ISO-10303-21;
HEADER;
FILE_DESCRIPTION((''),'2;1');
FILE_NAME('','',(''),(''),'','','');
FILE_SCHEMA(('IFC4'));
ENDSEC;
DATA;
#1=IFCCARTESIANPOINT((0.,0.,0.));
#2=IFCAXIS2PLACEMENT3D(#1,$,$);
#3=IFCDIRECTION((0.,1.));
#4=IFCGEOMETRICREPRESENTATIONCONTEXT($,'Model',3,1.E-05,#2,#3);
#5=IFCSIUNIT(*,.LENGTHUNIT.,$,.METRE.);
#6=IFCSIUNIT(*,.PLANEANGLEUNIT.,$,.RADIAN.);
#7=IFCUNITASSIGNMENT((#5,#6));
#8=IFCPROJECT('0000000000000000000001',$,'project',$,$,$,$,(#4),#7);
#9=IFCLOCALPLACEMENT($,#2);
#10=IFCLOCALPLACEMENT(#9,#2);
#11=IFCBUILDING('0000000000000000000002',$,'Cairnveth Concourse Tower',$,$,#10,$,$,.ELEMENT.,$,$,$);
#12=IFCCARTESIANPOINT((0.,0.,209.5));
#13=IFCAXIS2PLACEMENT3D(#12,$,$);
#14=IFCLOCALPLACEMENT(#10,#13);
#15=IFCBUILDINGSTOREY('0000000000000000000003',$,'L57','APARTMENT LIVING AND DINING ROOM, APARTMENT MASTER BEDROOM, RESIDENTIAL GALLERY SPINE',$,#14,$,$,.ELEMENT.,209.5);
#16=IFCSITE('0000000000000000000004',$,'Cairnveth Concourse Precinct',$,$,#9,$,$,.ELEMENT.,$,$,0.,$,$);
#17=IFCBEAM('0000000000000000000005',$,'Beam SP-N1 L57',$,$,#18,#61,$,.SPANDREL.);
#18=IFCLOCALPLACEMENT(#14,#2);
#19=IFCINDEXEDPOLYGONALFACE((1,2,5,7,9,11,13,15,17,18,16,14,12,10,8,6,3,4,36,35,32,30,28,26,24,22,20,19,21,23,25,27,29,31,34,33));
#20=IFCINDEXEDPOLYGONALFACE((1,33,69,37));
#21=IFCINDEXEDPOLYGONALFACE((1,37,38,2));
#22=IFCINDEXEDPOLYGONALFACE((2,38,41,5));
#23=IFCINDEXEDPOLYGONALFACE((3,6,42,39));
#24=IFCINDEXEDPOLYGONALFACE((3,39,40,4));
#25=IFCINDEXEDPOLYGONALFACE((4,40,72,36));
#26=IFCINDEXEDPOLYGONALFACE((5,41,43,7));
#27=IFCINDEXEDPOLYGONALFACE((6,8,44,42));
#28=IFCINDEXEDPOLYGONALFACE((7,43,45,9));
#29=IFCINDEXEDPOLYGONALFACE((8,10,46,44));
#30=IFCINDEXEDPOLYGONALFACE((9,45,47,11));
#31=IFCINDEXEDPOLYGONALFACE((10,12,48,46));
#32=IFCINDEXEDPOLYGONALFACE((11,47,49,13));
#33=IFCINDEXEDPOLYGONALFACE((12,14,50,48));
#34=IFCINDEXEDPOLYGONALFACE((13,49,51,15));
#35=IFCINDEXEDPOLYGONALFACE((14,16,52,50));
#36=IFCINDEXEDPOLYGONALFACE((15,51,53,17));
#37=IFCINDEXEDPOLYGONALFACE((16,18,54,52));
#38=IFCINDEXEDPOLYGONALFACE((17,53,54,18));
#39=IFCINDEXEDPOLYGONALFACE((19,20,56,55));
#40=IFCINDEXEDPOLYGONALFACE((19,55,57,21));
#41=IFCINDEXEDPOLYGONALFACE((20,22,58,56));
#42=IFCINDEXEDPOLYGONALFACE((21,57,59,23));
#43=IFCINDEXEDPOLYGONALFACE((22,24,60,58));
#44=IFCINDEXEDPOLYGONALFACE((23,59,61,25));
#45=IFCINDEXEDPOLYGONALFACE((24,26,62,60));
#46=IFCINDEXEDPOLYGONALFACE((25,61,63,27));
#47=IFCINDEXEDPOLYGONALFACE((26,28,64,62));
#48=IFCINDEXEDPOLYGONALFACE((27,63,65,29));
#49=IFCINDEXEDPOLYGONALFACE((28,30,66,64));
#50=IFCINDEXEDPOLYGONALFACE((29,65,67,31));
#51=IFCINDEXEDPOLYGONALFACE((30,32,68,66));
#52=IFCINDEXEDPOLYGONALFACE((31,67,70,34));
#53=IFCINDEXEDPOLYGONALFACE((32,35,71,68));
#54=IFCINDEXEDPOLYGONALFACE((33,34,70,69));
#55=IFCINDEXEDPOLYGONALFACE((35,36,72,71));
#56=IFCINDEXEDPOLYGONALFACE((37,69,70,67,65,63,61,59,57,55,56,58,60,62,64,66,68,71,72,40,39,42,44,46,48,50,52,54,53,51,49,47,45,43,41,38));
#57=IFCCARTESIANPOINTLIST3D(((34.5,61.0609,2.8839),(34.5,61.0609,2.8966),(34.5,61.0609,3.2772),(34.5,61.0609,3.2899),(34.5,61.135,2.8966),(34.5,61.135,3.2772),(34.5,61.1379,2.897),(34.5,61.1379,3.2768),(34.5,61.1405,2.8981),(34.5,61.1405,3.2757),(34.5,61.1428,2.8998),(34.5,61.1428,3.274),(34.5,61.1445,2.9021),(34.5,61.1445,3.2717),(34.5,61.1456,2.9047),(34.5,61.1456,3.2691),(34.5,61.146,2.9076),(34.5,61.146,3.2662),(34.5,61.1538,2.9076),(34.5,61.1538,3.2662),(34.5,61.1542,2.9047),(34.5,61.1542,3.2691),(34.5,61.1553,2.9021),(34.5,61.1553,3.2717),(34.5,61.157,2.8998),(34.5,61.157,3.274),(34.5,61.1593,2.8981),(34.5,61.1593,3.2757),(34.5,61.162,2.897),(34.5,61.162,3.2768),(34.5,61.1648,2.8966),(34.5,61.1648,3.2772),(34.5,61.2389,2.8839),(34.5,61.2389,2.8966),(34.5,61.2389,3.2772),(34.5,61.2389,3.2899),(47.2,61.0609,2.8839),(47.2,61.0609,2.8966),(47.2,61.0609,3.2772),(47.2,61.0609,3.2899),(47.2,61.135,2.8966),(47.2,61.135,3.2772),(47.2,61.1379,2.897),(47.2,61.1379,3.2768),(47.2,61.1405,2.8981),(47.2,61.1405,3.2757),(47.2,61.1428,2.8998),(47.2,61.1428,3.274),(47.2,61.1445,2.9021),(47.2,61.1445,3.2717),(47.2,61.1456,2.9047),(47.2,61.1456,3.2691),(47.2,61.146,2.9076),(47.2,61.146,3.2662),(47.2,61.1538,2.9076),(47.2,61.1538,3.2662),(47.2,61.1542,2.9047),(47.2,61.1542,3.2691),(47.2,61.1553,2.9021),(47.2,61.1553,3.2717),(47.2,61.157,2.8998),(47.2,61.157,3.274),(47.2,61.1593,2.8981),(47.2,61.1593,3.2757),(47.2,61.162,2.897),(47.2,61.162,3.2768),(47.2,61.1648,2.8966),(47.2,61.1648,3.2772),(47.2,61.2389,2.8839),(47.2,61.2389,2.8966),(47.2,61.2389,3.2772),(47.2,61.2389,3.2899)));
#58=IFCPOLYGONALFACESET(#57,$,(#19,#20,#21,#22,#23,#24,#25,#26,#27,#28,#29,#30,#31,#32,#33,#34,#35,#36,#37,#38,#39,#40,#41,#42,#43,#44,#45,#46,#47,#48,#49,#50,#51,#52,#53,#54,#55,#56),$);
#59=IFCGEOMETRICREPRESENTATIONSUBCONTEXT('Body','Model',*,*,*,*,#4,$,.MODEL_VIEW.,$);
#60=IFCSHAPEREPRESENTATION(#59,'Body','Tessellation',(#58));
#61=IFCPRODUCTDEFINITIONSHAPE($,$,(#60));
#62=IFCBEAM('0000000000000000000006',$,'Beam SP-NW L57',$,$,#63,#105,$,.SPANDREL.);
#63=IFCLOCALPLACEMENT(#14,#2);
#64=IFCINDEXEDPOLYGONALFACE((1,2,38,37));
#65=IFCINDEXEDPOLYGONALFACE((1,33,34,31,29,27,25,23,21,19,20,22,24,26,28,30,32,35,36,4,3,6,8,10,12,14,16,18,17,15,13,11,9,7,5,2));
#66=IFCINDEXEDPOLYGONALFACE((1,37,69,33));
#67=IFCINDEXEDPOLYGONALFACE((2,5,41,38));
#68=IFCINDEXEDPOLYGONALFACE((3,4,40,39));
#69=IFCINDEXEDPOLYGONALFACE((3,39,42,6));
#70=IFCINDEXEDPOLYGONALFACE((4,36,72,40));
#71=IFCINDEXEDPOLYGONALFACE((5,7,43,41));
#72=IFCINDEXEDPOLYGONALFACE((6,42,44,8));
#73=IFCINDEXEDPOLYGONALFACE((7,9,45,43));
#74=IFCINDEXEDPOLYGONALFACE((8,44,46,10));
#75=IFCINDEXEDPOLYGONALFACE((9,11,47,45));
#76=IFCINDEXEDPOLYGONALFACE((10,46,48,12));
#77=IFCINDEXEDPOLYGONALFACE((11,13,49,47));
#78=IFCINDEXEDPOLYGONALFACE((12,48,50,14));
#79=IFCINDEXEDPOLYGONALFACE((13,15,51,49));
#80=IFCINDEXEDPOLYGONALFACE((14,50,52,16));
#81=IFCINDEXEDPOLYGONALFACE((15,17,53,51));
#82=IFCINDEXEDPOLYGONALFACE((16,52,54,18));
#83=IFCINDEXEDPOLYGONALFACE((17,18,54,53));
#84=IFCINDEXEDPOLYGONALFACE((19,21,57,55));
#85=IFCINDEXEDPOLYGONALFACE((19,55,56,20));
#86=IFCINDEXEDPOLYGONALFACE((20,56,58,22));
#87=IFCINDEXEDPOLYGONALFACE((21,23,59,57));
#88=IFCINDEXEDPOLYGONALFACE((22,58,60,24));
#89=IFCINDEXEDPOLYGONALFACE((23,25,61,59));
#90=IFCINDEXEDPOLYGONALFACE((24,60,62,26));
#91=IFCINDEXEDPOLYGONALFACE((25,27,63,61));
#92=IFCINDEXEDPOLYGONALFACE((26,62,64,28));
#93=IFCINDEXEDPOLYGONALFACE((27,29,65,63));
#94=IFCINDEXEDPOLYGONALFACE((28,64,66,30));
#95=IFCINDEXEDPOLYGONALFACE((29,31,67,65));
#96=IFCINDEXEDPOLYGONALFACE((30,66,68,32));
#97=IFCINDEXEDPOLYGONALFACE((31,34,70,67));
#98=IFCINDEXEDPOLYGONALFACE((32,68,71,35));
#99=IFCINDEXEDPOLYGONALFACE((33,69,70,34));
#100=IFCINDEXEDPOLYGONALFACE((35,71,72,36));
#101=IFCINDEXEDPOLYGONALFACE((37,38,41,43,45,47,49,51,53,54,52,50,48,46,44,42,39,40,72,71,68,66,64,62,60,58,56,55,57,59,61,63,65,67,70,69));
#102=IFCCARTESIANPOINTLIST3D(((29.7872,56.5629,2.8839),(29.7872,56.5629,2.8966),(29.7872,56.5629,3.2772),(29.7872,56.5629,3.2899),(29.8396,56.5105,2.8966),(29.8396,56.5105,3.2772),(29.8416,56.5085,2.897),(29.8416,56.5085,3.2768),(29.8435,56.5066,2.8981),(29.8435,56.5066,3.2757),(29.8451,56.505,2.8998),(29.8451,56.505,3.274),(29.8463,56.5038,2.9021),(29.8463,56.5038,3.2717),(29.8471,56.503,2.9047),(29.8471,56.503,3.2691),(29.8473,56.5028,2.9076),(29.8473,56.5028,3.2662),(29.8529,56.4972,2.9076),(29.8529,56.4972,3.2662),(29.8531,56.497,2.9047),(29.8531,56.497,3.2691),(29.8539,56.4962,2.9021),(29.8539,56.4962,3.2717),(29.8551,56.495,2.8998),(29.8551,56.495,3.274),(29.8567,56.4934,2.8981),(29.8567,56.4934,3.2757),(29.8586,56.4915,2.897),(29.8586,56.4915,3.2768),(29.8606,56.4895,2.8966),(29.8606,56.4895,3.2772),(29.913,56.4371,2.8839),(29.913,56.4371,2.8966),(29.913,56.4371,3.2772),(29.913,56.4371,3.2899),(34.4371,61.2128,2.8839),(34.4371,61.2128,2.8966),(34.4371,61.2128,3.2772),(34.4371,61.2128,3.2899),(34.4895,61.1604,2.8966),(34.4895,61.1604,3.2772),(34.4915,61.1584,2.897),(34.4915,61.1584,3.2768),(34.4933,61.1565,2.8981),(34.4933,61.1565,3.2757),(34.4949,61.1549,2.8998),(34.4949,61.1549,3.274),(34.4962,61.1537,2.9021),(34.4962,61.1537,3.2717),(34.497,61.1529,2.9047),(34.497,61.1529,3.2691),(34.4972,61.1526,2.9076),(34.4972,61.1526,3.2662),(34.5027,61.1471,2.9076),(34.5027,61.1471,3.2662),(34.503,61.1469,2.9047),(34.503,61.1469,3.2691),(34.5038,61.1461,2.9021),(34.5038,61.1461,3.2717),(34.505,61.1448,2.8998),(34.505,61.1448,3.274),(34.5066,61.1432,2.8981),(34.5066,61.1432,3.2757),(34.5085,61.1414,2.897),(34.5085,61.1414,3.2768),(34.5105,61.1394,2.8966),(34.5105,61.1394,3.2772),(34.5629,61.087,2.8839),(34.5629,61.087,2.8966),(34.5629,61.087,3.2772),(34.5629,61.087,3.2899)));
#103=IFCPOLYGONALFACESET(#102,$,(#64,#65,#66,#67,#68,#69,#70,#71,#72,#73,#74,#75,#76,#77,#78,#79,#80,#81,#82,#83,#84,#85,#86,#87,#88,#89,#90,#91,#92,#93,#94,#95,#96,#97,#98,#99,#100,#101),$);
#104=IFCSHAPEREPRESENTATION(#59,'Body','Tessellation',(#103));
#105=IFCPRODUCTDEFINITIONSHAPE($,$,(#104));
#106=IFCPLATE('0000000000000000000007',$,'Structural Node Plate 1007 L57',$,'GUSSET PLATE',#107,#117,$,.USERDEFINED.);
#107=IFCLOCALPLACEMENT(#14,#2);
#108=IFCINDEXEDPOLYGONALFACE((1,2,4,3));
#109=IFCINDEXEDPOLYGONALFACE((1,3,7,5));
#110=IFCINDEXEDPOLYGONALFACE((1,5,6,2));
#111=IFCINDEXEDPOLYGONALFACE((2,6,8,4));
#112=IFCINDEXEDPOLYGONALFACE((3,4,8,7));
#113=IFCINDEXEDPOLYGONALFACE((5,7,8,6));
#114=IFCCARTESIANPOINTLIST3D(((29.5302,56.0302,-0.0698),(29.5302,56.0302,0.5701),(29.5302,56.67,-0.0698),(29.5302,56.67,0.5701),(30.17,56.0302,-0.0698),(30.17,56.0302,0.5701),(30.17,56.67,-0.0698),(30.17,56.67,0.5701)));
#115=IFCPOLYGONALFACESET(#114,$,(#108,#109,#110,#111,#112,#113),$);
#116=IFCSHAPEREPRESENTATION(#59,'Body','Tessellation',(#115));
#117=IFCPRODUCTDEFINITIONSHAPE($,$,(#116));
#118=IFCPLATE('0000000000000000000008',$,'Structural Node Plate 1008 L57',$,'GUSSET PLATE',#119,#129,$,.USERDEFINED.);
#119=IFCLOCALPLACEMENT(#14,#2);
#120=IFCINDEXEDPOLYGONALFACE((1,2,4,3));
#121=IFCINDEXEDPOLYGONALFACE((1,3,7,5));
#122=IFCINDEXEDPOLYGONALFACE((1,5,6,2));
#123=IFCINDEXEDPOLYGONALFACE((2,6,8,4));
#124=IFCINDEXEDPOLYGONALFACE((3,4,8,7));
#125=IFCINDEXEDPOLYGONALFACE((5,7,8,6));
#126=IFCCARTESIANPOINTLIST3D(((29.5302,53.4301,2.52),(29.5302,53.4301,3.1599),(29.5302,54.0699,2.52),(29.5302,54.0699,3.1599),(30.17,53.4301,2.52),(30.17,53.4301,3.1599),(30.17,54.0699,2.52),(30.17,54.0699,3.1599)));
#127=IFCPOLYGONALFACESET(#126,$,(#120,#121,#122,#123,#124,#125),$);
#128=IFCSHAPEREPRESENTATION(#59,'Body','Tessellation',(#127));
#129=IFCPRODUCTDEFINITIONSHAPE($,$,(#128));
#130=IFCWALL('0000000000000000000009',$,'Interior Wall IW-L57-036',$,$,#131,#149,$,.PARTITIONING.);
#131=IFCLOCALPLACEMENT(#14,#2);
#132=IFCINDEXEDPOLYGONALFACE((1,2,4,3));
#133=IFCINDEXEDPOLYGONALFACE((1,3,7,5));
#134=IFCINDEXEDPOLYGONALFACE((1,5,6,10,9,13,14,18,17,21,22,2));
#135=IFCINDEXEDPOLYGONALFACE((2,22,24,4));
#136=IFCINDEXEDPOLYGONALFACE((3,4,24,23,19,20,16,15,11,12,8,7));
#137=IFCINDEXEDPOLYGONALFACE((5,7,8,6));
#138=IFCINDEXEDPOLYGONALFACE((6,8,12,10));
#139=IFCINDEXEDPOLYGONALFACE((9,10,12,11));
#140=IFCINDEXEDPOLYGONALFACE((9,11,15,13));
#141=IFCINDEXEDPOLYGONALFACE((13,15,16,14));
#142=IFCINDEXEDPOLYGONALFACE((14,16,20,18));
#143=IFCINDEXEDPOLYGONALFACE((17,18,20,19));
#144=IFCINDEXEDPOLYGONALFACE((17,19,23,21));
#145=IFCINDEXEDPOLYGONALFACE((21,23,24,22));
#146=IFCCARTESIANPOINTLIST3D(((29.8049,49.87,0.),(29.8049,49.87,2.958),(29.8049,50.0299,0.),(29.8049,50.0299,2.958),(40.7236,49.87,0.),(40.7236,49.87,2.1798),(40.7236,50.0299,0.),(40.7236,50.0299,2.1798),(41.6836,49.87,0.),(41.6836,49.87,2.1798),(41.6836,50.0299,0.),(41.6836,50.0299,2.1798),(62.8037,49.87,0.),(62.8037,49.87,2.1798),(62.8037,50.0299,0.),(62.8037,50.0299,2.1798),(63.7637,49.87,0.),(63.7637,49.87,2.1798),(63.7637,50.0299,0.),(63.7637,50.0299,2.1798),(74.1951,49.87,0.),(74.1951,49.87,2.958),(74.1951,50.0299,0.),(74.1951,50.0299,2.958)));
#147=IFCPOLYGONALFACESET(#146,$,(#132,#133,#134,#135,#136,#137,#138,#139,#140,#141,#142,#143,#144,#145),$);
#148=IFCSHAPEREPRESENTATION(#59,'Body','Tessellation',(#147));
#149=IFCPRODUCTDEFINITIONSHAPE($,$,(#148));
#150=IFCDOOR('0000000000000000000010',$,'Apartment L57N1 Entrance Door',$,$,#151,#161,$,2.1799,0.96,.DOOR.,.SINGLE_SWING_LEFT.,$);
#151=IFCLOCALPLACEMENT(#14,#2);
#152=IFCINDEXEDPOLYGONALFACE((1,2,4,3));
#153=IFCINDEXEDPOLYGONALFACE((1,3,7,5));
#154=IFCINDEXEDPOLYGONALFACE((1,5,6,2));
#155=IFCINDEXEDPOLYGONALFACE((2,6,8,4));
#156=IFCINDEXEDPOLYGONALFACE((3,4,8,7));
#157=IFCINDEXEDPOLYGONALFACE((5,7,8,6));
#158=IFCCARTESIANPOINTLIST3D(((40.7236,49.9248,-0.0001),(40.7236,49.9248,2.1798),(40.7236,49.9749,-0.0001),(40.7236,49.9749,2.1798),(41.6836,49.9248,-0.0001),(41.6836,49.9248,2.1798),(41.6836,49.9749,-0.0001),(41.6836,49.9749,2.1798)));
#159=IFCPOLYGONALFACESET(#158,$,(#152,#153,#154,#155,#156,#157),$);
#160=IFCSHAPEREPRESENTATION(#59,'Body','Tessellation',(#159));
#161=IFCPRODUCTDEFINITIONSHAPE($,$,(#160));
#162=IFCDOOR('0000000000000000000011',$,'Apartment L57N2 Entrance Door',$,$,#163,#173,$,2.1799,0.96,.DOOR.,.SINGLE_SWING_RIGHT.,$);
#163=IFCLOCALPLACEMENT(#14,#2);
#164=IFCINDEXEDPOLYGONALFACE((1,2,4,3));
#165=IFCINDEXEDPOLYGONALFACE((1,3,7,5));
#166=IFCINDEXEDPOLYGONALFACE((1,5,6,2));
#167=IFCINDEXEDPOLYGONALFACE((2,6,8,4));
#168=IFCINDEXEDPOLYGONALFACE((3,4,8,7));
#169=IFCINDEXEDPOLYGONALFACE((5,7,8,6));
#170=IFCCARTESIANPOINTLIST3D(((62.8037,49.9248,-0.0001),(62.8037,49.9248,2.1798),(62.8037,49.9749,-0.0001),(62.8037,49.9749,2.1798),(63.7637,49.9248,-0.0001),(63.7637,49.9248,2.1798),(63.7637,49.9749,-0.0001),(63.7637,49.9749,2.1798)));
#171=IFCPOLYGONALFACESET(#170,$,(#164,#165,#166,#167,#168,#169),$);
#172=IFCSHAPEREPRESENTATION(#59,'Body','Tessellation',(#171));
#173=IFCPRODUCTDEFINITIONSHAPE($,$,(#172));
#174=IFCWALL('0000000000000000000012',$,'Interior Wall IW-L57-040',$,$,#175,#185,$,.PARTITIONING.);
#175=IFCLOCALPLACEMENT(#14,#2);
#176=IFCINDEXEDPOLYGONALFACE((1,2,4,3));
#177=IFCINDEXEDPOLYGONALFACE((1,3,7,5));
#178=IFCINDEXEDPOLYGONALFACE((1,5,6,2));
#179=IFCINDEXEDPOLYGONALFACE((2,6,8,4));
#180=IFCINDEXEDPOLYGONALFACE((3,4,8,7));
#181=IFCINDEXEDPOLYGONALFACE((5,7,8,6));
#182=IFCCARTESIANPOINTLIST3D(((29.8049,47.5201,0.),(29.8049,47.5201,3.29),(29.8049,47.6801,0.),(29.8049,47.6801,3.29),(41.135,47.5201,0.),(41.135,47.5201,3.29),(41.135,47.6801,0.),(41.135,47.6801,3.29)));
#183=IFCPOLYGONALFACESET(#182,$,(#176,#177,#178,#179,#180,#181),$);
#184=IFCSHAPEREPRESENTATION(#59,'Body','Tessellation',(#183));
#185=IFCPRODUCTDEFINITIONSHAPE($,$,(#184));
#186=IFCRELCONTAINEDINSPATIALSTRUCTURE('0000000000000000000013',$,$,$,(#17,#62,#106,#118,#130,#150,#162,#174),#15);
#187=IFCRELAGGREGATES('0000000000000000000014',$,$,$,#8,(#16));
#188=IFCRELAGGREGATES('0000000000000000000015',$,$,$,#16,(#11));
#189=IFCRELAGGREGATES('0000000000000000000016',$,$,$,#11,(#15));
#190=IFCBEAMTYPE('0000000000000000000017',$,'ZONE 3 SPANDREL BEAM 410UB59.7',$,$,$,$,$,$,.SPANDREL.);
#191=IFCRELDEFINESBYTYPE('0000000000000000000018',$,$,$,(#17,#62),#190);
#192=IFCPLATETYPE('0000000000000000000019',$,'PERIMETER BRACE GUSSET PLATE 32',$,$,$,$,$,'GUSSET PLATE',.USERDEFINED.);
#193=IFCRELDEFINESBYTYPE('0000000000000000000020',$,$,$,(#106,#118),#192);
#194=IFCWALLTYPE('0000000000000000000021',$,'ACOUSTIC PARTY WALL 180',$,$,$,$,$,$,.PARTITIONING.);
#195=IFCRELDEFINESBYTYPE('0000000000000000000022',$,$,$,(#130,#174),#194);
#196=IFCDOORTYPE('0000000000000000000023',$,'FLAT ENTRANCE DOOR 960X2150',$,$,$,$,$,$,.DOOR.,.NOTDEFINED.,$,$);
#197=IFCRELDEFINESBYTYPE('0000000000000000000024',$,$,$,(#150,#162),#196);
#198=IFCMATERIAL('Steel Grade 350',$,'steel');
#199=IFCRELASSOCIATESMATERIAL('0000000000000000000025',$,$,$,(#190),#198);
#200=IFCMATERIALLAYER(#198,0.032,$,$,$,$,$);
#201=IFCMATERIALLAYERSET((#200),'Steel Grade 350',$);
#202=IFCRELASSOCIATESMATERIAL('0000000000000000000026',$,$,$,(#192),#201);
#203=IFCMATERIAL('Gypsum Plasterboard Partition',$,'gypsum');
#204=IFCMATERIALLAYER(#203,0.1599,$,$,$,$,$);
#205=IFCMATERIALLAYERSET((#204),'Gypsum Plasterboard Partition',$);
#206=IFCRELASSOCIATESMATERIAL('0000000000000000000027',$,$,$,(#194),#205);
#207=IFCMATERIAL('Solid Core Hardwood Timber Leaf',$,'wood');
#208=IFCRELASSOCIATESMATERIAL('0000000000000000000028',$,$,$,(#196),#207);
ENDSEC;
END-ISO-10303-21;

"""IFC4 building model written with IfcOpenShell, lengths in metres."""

from ifc_helpers import new_model, si_unit, direction, frame, frame_2d, origin, origin_2d, place, context, subcontext, project, spatial, rectangle, i_section, extrude, material, layer, layer_set, material_profile, profile_set, type_object, element, fill, save


model = new_model("IFC4")

# Units and contexts
model_context = context("Model", 3, precision=1e-05, world=origin(), true_north=direction((0.0, 1.0)))
body_context = subcontext(model_context, "Body", "Model", "MODEL_VIEW")
ifc_project = project(units=[si_unit("LENGTHUNIT", "METRE"), si_unit("PLANEANGLEUNIT", "RADIAN")], contexts=[model_context])

# Site, building, storey
site_placement = place(None, origin())
site = spatial("IfcSite", under=ifc_project, at=site_placement, Name="Cairnveth Concourse Precinct", CompositionType="ELEMENT", RefElevation=0.0)
building_placement = place(site_placement, origin())
building = spatial("IfcBuilding", under=site, at=building_placement, Name="Cairnveth Concourse Tower", CompositionType="ELEMENT")
storey_placement = place(building_placement, frame((0.0, 0.0, 209.5)))
storey = spatial("IfcBuildingStorey", under=building, at=storey_placement, Name="L57", Description="APARTMENT LIVING AND DINING ROOM, APARTMENT MASTER BEDROOM, RESIDENTIAL GALLERY SPINE", CompositionType="ELEMENT", Elevation=209.5)

# Shared definitions
ifc_material_1 = material(Name="Steel Grade 350", Category="steel")

# Beams
ifc_material_profile_1 = material_profile(ifc_material_1, i_section(OverallWidth=0.178, OverallDepth=0.406, WebThickness=0.0078, FlangeThickness=0.0127, FilletRadius=0.011, at=origin_2d()), Name="410UB59.7")
ifc_profile_set_1 = profile_set([ifc_material_profile_1], Name="Steel Grade 350")
beam_type_1 = type_object("IfcBeamType", Name="ZONE 3 SPANDREL BEAM 410UB59.7", PredefinedType="SPANDREL", material=ifc_profile_set_1)
beam_1_placement = place(storey_placement, frame((34.5, 61.1499, 3.0869), z_axis=(1.0, 0.0, 0.0), x_axis=(0.0, 1.0, 0.0)))
element("IfcBeam", 1, at=beam_1_placement, inside=storey, type_object=beam_type_1, Name="Beam SP-N1 L57", PredefinedType="SPANDREL", context=body_context, shape_type="SweptSolid", body=[
    extrude(i_section(OverallWidth=0.178, OverallDepth=0.406, WebThickness=0.0078, FlangeThickness=0.0127, FilletRadius=0.011, at=origin_2d()), origin(), (0.0, 0.0, 1.0), 12.7),
])
beam_2_placement = place(storey_placement, frame((29.8501, 56.5, 3.0869), z_axis=(0.707107, 0.707107, 0.0), x_axis=(-0.707107, 0.707107, 0.0)))
element("IfcBeam", 2, at=beam_2_placement, inside=storey, type_object=beam_type_1, Name="Beam SP-NW L57", PredefinedType="SPANDREL", context=body_context, shape_type="SweptSolid", body=[
    extrude(i_section(OverallWidth=0.178, OverallDepth=0.406, WebThickness=0.0078, FlangeThickness=0.0127, FilletRadius=0.011, at=origin_2d()), origin(), (0.0, 0.0, 1.0), 6.5759),
])

# Plates
ifc_layer_1 = layer(ifc_material_1, 0.032)
ifc_layer_set_1 = layer_set([ifc_layer_1], Name="Steel Grade 350")
plate_type = type_object("IfcPlateType", Name="PERIMETER BRACE GUSSET PLATE 32", ElementType="GUSSET PLATE", PredefinedType="USERDEFINED", material=ifc_layer_set_1)
for number, where, z_axis, x_axis, name in (
    (3, (29.8501, 56.3501, -0.0698), (0.0, 0.0, 1.0), (1.0, 0.0, 0.0), "Structural Node Plate 1007 L57"),
    (4, (29.8501, 53.75, 2.52), (0.0, 0.0, 1.0), (1.0, 0.0, 0.0), "Structural Node Plate 1008 L57"),
):
    element("IfcPlate", number, at=place(storey_placement, frame(where, z_axis=z_axis, x_axis=x_axis)), inside=storey, type_object=plate_type, Name=name, ObjectType="GUSSET PLATE", PredefinedType="USERDEFINED", context=body_context, shape_type="SweptSolid", body=[
        extrude(rectangle(XDim=0.6399, YDim=0.6399, at=origin_2d()), origin(), (0.0, 0.0, 1.0), 0.6399),
    ])

# Wall, openings, doors
ifc_material_2 = material(Name="Gypsum Plasterboard Partition", Category="gypsum")
ifc_layer_2 = layer(ifc_material_2, 0.1599)
ifc_layer_set_2 = layer_set([ifc_layer_2], Name="Gypsum Plasterboard Partition")
wall_type_1 = type_object("IfcWallType", Name="ACOUSTIC PARTY WALL 180", PredefinedType="PARTITIONING", material=ifc_layer_set_2)
wall_1_placement = place(storey_placement, frame((29.8049, 49.95, 0.0), z_axis=(0.0, 0.0, 1.0), x_axis=(1.0, 0.0, 0.0)))
wall_1 = element("IfcWall", 5, at=wall_1_placement, inside=storey, type_object=wall_type_1, Name="Interior Wall IW-L57-036", PredefinedType="PARTITIONING", context=body_context, shape_type="SweptSolid", body=[
    extrude(rectangle(XDim=44.3901, YDim=0.1599, at=frame_2d((22.1951, 0.0))), origin(), (0.0, 0.0, 1.0), 2.958),
])
opening_1_placement = place(wall_1_placement, frame((10.9187, 0.0, 0.0)))
opening_1 = element("IfcOpeningElement", 6, at=opening_1_placement, cuts=wall_1, PredefinedType="OPENING", context=body_context, shape_type="SweptSolid", body=[
    extrude(rectangle(XDim=0.96, YDim=2.1799, at=frame_2d((0.48, 1.0898))), frame((0.0, 0.0898, 0.0), z_axis=(0.0, -1.0, 0.0), x_axis=(1.0, 0.0, 0.0)), (0.0, 0.0, 1.0), 0.1799),
])
opening_2_placement = place(wall_1_placement, frame((32.9988, 0.0, 0.0)))
opening_2 = element("IfcOpeningElement", 7, at=opening_2_placement, cuts=wall_1, PredefinedType="OPENING", context=body_context, shape_type="SweptSolid", body=[
    extrude(rectangle(XDim=0.96, YDim=2.1799, at=frame_2d((0.48, 1.0898))), frame((0.0, 0.0898, 0.0), z_axis=(0.0, -1.0, 0.0), x_axis=(1.0, 0.0, 0.0)), (0.0, 0.0, 1.0), 0.1799),
])
ifc_material_3 = material(Name="Solid Core Hardwood Timber Leaf", Category="wood")
door_type_1 = type_object("IfcDoorType", Name="FLAT ENTRANCE DOOR 960X2150", OperationType="NOTDEFINED", PredefinedType="DOOR", material=ifc_material_3)
door_1_placement = place(opening_1_placement, origin())
door_1 = element("IfcDoor", 8, at=door_1_placement, inside=storey, type_object=door_type_1, Name="Apartment L57N1 Entrance Door", OperationType="SINGLE_SWING_LEFT", OverallHeight=2.1799, OverallWidth=0.96, PredefinedType="DOOR", context=body_context, shape_type="SweptSolid", body=[
    extrude(rectangle(XDim=0.96, YDim=2.1799, at=frame_2d((0.48, 1.0898))), frame((0.0, 0.0249, 0.0), z_axis=(0.0, -1.0, 0.0), x_axis=(1.0, 0.0, 0.0)), (0.0, 0.0, 1.0), 0.05),
])
fill(opening_1, door_1)
door_2_placement = place(opening_2_placement, origin())
door_2 = element("IfcDoor", 9, at=door_2_placement, inside=storey, type_object=door_type_1, Name="Apartment L57N2 Entrance Door", OperationType="SINGLE_SWING_RIGHT", OverallHeight=2.1799, OverallWidth=0.96, PredefinedType="DOOR", context=body_context, shape_type="SweptSolid", body=[
    extrude(rectangle(XDim=0.96, YDim=2.1799, at=frame_2d((0.48, 1.0898))), frame((0.0, 0.0249, 0.0), z_axis=(0.0, -1.0, 0.0), x_axis=(1.0, 0.0, 0.0)), (0.0, 0.0, 1.0), 0.05),
])
fill(opening_2, door_2)

# Wall
wall_2_placement = place(storey_placement, frame((29.8049, 47.6001, 0.0), z_axis=(0.0, 0.0, 1.0), x_axis=(1.0, 0.0, 0.0)))
element("IfcWall", 10, at=wall_2_placement, inside=storey, type_object=wall_type_1, Name="Interior Wall IW-L57-040", PredefinedType="PARTITIONING", context=body_context, shape_type="SweptSolid", body=[
    extrude(rectangle(XDim=11.3301, YDim=0.1599, at=frame_2d((5.665, 0.0))), origin(), (0.0, 0.0, 1.0), 3.29),
])

save(model, "model.ifc")
